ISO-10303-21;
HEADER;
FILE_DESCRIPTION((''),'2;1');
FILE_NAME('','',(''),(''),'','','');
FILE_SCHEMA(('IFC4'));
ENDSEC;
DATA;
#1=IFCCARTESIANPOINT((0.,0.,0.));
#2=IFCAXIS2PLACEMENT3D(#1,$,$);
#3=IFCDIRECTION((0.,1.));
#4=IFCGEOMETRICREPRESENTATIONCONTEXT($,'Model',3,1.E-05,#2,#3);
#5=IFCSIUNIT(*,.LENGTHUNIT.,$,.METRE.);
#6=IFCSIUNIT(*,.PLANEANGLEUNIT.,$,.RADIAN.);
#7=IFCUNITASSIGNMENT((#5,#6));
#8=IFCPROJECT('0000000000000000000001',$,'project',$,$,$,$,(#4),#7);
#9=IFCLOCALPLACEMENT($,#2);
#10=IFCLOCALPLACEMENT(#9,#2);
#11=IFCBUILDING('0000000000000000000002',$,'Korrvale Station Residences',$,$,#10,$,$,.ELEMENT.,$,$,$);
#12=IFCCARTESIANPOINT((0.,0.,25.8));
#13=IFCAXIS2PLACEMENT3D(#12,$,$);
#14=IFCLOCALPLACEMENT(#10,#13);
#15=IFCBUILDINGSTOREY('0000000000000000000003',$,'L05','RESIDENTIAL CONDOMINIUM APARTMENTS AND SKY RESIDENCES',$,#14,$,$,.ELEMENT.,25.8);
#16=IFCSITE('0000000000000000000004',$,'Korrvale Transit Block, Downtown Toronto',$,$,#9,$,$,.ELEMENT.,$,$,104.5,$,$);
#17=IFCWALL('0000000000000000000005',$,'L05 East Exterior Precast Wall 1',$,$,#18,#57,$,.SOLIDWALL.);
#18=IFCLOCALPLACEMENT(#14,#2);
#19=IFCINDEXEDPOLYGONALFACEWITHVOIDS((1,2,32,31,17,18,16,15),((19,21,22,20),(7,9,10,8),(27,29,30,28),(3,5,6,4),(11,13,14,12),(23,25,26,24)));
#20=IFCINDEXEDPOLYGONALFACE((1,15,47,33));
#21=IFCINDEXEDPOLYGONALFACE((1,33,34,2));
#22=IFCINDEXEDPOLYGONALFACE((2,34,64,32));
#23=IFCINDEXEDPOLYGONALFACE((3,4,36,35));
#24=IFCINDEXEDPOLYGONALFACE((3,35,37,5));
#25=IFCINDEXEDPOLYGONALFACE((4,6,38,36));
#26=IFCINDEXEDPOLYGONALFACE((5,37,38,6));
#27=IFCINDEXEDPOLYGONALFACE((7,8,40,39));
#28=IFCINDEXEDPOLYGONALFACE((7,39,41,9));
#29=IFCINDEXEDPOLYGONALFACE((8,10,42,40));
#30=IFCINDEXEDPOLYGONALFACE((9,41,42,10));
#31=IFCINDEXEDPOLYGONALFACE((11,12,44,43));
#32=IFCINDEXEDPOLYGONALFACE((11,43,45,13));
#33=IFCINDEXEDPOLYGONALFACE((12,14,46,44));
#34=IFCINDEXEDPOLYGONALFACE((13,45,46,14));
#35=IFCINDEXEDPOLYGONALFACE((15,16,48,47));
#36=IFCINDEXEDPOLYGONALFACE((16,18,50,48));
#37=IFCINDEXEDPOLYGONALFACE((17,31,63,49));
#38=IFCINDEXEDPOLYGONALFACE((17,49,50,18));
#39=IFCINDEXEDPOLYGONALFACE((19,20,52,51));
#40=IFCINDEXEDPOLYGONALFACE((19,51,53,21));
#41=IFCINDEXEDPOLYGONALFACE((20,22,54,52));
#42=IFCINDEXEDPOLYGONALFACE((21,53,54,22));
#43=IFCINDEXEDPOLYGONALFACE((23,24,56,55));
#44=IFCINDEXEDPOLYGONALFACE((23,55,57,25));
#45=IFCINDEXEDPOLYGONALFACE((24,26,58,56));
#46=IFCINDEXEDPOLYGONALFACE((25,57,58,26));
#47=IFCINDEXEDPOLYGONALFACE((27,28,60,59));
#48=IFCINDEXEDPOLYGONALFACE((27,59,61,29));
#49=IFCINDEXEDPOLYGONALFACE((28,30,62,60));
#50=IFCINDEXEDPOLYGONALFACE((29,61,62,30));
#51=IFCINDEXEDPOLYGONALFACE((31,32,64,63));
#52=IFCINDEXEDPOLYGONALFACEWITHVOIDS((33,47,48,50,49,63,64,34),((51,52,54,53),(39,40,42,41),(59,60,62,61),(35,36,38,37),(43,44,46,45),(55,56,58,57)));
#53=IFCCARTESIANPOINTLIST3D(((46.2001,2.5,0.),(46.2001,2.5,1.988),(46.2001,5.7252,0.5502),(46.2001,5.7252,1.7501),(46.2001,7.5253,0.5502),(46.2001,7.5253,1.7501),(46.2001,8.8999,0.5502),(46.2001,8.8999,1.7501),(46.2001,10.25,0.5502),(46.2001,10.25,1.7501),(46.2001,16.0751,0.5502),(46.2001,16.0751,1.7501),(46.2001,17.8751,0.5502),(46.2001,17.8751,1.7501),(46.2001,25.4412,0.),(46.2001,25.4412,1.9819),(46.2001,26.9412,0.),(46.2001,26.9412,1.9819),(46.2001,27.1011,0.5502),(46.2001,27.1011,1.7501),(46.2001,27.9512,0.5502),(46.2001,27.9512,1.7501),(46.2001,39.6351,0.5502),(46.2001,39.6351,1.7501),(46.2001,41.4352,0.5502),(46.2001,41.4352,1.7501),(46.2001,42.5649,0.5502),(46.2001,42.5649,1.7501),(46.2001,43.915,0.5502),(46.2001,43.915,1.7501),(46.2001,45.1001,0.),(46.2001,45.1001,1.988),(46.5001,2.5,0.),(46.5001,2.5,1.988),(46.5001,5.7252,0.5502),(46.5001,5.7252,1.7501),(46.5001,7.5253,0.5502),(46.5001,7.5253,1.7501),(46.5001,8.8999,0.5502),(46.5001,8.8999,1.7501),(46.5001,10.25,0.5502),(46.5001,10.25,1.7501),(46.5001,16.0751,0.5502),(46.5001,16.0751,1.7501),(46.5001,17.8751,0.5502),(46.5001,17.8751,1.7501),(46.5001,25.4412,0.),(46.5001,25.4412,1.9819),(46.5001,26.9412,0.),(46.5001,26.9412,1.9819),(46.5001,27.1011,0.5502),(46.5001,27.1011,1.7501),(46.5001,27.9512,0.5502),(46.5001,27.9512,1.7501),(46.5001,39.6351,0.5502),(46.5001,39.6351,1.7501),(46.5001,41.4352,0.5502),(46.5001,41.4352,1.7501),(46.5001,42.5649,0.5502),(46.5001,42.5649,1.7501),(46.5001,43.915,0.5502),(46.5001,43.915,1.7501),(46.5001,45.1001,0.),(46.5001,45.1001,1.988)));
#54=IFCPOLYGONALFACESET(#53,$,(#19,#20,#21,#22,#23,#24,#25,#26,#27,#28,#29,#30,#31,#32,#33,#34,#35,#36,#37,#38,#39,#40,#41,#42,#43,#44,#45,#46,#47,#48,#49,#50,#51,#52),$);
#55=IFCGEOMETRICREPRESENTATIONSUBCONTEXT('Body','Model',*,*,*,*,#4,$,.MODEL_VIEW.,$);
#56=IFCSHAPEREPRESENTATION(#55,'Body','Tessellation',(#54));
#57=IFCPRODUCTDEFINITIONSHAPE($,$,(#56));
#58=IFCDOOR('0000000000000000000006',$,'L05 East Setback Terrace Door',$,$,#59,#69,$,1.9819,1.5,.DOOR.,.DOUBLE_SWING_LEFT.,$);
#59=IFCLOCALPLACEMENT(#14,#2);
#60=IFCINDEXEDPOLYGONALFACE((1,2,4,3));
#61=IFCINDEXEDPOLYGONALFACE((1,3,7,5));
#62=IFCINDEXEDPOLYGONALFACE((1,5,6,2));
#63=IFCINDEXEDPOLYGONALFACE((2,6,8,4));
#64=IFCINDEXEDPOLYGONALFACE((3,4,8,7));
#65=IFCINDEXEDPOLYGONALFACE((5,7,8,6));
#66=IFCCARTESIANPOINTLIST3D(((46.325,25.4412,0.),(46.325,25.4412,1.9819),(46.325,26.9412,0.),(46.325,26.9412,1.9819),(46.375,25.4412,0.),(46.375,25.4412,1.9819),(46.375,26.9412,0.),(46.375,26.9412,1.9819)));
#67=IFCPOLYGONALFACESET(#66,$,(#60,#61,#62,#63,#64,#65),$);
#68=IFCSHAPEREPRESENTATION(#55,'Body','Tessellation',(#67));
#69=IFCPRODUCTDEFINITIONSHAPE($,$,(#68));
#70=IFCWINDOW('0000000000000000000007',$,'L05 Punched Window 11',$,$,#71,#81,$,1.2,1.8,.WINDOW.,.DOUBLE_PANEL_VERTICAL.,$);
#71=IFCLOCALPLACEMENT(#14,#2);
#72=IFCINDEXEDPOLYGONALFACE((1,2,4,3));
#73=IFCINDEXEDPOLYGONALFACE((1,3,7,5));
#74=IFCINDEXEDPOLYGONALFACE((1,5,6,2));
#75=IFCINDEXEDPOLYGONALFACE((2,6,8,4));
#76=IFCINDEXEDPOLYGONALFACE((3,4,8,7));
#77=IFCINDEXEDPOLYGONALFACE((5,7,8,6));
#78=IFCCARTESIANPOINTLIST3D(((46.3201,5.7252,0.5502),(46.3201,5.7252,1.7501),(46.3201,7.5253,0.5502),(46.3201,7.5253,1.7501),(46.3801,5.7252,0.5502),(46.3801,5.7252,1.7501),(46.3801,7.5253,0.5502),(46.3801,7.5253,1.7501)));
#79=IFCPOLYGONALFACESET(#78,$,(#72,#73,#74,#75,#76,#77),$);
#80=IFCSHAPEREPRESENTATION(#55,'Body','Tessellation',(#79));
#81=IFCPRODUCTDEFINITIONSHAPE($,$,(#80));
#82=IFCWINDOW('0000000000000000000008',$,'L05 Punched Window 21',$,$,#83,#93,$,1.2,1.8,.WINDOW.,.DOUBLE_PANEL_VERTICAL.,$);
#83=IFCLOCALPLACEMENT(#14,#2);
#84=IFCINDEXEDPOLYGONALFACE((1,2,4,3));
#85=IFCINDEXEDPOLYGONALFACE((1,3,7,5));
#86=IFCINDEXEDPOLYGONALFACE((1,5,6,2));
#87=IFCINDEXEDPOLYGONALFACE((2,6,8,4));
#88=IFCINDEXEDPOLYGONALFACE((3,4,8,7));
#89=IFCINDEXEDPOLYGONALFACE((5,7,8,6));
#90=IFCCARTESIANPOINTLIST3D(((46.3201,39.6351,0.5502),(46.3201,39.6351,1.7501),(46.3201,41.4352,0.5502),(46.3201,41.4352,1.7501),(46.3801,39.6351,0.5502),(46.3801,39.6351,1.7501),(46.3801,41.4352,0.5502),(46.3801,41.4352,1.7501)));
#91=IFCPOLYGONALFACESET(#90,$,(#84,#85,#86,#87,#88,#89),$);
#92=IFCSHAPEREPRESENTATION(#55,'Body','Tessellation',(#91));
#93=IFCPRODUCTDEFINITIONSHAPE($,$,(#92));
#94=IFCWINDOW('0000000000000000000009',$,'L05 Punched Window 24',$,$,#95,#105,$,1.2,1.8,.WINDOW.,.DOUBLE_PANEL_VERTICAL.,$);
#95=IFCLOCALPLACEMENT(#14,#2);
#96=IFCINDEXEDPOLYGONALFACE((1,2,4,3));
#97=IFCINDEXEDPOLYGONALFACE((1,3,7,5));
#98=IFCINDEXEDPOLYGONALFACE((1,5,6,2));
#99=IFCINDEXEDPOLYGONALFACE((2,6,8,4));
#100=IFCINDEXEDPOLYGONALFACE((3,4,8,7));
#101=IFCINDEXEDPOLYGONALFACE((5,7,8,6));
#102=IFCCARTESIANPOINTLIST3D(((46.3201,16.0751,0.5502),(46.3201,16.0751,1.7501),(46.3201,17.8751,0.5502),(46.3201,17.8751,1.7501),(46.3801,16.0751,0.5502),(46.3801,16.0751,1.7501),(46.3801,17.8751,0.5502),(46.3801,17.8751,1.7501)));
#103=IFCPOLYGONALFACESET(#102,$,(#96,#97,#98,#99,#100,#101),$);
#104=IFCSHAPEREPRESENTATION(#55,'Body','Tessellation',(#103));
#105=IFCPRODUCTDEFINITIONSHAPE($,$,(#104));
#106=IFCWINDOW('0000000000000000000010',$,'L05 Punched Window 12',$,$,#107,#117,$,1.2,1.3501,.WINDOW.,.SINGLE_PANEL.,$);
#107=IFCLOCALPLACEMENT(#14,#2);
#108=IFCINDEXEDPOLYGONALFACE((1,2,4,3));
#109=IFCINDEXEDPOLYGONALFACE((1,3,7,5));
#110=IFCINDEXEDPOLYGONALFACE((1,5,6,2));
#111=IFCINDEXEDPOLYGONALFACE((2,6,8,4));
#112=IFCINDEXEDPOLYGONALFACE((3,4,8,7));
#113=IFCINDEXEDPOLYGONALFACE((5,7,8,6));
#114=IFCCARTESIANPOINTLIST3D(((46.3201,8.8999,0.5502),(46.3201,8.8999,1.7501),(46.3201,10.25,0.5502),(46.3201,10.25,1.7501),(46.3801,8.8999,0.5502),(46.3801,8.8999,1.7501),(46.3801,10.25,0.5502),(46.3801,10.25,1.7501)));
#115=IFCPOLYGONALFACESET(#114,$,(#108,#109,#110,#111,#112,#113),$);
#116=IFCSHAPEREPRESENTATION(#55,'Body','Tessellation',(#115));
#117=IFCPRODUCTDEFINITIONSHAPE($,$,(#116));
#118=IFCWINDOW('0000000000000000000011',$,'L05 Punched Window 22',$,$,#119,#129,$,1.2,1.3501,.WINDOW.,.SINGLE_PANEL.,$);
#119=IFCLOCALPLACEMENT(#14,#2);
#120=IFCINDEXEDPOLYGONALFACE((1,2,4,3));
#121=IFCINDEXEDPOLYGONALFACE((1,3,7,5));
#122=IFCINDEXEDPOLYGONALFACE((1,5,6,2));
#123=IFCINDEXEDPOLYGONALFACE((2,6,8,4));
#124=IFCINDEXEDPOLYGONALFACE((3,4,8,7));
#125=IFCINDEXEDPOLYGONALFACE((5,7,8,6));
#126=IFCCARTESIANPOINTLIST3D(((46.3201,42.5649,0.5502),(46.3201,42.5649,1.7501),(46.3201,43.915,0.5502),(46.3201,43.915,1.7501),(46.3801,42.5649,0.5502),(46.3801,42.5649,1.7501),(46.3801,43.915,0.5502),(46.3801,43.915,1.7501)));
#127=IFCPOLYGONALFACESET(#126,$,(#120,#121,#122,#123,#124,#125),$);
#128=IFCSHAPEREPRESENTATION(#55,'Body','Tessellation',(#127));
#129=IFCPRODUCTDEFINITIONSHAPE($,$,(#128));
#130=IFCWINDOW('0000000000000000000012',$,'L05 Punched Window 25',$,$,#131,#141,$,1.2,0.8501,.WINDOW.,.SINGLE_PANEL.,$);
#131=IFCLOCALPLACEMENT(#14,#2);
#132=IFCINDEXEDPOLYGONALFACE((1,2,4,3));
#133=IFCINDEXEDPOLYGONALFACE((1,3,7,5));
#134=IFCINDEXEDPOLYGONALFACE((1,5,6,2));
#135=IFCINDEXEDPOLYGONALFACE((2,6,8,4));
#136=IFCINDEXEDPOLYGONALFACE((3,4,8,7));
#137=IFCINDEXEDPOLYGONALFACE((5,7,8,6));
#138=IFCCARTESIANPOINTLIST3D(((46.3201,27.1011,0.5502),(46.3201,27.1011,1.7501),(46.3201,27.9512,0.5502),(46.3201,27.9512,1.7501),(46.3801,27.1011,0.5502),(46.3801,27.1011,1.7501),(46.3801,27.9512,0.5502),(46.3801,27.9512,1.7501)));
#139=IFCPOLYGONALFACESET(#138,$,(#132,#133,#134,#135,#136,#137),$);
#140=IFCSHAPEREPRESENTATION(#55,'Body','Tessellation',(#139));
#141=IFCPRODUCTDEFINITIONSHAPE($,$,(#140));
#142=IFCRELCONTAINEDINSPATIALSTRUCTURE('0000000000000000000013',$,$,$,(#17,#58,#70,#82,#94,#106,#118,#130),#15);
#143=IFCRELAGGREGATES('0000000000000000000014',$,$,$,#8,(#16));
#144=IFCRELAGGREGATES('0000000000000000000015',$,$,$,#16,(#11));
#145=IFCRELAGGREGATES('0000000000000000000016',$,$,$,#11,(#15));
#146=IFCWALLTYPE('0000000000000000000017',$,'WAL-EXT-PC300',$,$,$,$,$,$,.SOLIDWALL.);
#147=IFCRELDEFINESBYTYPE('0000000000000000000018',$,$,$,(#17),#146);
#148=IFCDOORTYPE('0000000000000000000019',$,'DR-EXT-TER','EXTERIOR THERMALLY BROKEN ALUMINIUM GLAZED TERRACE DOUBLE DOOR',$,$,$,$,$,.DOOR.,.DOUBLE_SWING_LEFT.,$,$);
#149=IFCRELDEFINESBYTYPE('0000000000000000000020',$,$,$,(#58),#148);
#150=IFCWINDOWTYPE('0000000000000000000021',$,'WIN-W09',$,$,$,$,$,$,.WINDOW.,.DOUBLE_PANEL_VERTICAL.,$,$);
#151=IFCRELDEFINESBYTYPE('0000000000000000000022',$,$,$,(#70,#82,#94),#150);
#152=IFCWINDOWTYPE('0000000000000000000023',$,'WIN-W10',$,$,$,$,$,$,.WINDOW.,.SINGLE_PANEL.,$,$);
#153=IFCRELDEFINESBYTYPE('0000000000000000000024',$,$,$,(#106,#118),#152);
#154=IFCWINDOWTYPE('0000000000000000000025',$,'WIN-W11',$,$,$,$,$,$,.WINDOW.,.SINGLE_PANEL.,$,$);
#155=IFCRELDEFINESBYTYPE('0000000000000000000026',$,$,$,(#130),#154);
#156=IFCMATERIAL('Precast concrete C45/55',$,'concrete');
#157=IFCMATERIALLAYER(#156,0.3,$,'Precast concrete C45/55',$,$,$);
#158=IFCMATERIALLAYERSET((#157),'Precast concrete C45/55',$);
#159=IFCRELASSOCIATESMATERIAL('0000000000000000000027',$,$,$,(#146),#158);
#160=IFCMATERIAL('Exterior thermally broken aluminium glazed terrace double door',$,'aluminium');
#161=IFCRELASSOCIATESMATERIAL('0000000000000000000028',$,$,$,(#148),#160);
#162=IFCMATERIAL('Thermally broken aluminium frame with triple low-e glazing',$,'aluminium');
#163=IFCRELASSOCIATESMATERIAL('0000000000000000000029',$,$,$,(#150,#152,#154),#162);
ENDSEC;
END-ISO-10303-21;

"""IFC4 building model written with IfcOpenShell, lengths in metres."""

from ifc_helpers import new_model, si_unit, direction, frame, frame_2d, origin, place, context, subcontext, project, spatial, rectangle, extrude, material, layer, layer_set, type_object, element, fill, save


model = new_model("IFC4")

# Units and contexts
model_context = context("Model", 3, precision=1e-05, world=origin(), true_north=direction((0.0, 1.0)))
body_context = subcontext(model_context, "Body", "Model", "MODEL_VIEW")
ifc_project = project(units=[si_unit("LENGTHUNIT", "METRE"), si_unit("PLANEANGLEUNIT", "RADIAN")], contexts=[model_context])

# Site, building, storey
site_placement = place(None, origin())
site = spatial("IfcSite", under=ifc_project, at=site_placement, Name="Korrvale Transit Block, Downtown Toronto", CompositionType="ELEMENT", RefElevation=104.5)
building_placement = place(site_placement, origin())
building = spatial("IfcBuilding", under=site, at=building_placement, Name="Korrvale Station Residences", CompositionType="ELEMENT")
storey_placement = place(building_placement, frame((0.0, 0.0, 25.8)))
storey = spatial("IfcBuildingStorey", under=building, at=storey_placement, Name="L05", Description="RESIDENTIAL CONDOMINIUM APARTMENTS AND SKY RESIDENCES", CompositionType="ELEMENT", Elevation=25.8)

# Shared definitions
ifc_material_1 = material(Name="Precast concrete C45/55", Category="concrete")

# Shared definitions
ifc_layer_1 = layer(ifc_material_1, 0.3, Name="Precast concrete C45/55")
ifc_layer_set_1 = layer_set([ifc_layer_1], Name="Precast concrete C45/55")
wall_type_1 = type_object("IfcWallType", Name="WAL-EXT-PC300", PredefinedType="SOLIDWALL", material=ifc_layer_set_1)

# Wall, openings, door, windows
wall_1_placement = place(storey_placement, frame((46.3501, 45.1001, 0.0), z_axis=(0.0, 0.0, 1.0), x_axis=(0.0, -1.0, 0.0)))
wall_1 = element("IfcWall", 1, at=wall_1_placement, inside=storey, type_object=wall_type_1, Name="L05 East Exterior Precast Wall 1", PredefinedType="SOLIDWALL", context=body_context, shape_type="SweptSolid", body=[
    extrude(rectangle(XDim=42.6001, YDim=0.3, at=frame_2d((21.3, 0.0))), origin(), (0.0, 0.0, 1.0), 1.988),
])
opening_1_placement = place(wall_1_placement, frame((18.1589, 0.0, 0.0)))
opening_1 = element("IfcOpeningElement", 2, at=opening_1_placement, cuts=wall_1, PredefinedType="OPENING", context=body_context, shape_type="SweptSolid", body=[
    extrude(rectangle(XDim=1.5, YDim=1.9819, at=frame_2d((0.75, 0.991))), frame((0.0, 0.1602, 0.0), z_axis=(0.0, -1.0, 0.0), x_axis=(1.0, 0.0, 0.0)), (0.0, 0.0, 1.0), 0.3201),
])
opening_2_placement = place(wall_1_placement, frame((37.575, 0.0, 0.55)))
opening_2 = element("IfcOpeningElement", 3, at=opening_2_placement, cuts=wall_1, PredefinedType="OPENING", context=body_context, shape_type="SweptSolid", body=[
    extrude(rectangle(XDim=1.8, YDim=1.2, at=frame_2d((0.8999, 0.6001))), frame((0.0, 0.1602, 0.0), z_axis=(0.0, -1.0, 0.0), x_axis=(1.0, 0.0, 0.0)), (0.0, 0.0, 1.0), 0.3201),
])
opening_3_placement = place(wall_1_placement, frame((34.8501, 0.0, 0.55)))
opening_3 = element("IfcOpeningElement", 4, at=opening_3_placement, cuts=wall_1, PredefinedType="OPENING", context=body_context, shape_type="SweptSolid", body=[
    extrude(rectangle(XDim=1.3501, YDim=1.2, at=frame_2d((0.675, 0.6001))), frame((0.0, 0.1602, 0.0), z_axis=(0.0, -1.0, 0.0), x_axis=(1.0, 0.0, 0.0)), (0.0, 0.0, 1.0), 0.3201),
])
opening_4_placement = place(wall_1_placement, frame((3.665, 0.0, 0.55)))
opening_4 = element("IfcOpeningElement", 5, at=opening_4_placement, cuts=wall_1, PredefinedType="OPENING", context=body_context, shape_type="SweptSolid", body=[
    extrude(rectangle(XDim=1.8, YDim=1.2, at=frame_2d((0.8999, 0.6001))), frame((0.0, 0.1602, 0.0), z_axis=(0.0, -1.0, 0.0), x_axis=(1.0, 0.0, 0.0)), (0.0, 0.0, 1.0), 0.3201),
])
opening_5_placement = place(wall_1_placement, frame((1.1851, 0.0, 0.55)))
opening_5 = element("IfcOpeningElement", 6, at=opening_5_placement, cuts=wall_1, PredefinedType="OPENING", context=body_context, shape_type="SweptSolid", body=[
    extrude(rectangle(XDim=1.3501, YDim=1.2, at=frame_2d((0.675, 0.6001))), frame((0.0, 0.1602, 0.0), z_axis=(0.0, -1.0, 0.0), x_axis=(1.0, 0.0, 0.0)), (0.0, 0.0, 1.0), 0.3201),
])
opening_6_placement = place(wall_1_placement, frame((27.2251, 0.0, 0.55)))
opening_6 = element("IfcOpeningElement", 7, at=opening_6_placement, cuts=wall_1, PredefinedType="OPENING", context=body_context, shape_type="SweptSolid", body=[
    extrude(rectangle(XDim=1.8, YDim=1.2, at=frame_2d((0.8999, 0.6001))), frame((0.0, 0.1602, 0.0), z_axis=(0.0, -1.0, 0.0), x_axis=(1.0, 0.0, 0.0)), (0.0, 0.0, 1.0), 0.3201),
])
opening_7_placement = place(wall_1_placement, frame((17.1489, 0.0, 0.55)))
opening_7 = element("IfcOpeningElement", 8, at=opening_7_placement, cuts=wall_1, PredefinedType="OPENING", context=body_context, shape_type="SweptSolid", body=[
    extrude(rectangle(XDim=0.8501, YDim=1.2, at=frame_2d((0.425, 0.6001))), frame((0.0, 0.1602, 0.0), z_axis=(0.0, -1.0, 0.0), x_axis=(1.0, 0.0, 0.0)), (0.0, 0.0, 1.0), 0.3201),
])
ifc_material_2 = material(Name="Exterior thermally broken aluminium glazed terrace double door", Category="aluminium")
door_type_1 = type_object("IfcDoorType", Name="DR-EXT-TER", Description="EXTERIOR THERMALLY BROKEN ALUMINIUM GLAZED TERRACE DOUBLE DOOR", OperationType="DOUBLE_SWING_LEFT", PredefinedType="DOOR", material=ifc_material_2)
door_1_placement = place(opening_1_placement, origin())
door_1 = element("IfcDoor", 9, at=door_1_placement, inside=storey, type_object=door_type_1, Name="L05 East Setback Terrace Door", OperationType="DOUBLE_SWING_LEFT", OverallHeight=1.9819, OverallWidth=1.5, PredefinedType="DOOR", context=body_context, shape_type="SweptSolid", body=[
    extrude(rectangle(XDim=1.5, YDim=1.9819, at=frame_2d((0.75, 0.991))), frame((0.0, 0.0249, 0.0), z_axis=(0.0, -1.0, 0.0), x_axis=(1.0, 0.0, 0.0)), (0.0, 0.0, 1.0), 0.05),
])
fill(opening_1, door_1)
ifc_material_3 = material(Name="Thermally broken aluminium frame with triple low-e glazing", Category="aluminium")
window_type_1 = type_object("IfcWindowType", Name="WIN-W09", PartitioningType="DOUBLE_PANEL_VERTICAL", PredefinedType="WINDOW", material=ifc_material_3)
window_1_placement = place(opening_2_placement, origin())
window_1 = element("IfcWindow", 10, at=window_1_placement, inside=storey, type_object=window_type_1, Name="L05 Punched Window 11", OverallHeight=1.2, OverallWidth=1.8, PartitioningType="DOUBLE_PANEL_VERTICAL", PredefinedType="WINDOW", context=body_context, shape_type="SweptSolid", body=[
    extrude(rectangle(XDim=1.8, YDim=1.2, at=frame_2d((0.8999, 0.6001))), frame((0.0, 0.03, 0.0), z_axis=(0.0, -1.0, 0.0), x_axis=(1.0, 0.0, 0.0)), (0.0, 0.0, 1.0), 0.0601),
])
fill(opening_2, window_1)
window_2_placement = place(opening_4_placement, origin())
window_2 = element("IfcWindow", 11, at=window_2_placement, inside=storey, type_object=window_type_1, Name="L05 Punched Window 21", OverallHeight=1.2, OverallWidth=1.8, PartitioningType="DOUBLE_PANEL_VERTICAL", PredefinedType="WINDOW", context=body_context, shape_type="SweptSolid", body=[
    extrude(rectangle(XDim=1.8, YDim=1.2, at=frame_2d((0.8999, 0.6001))), frame((0.0, 0.03, 0.0), z_axis=(0.0, -1.0, 0.0), x_axis=(1.0, 0.0, 0.0)), (0.0, 0.0, 1.0), 0.0601),
])
fill(opening_4, window_2)
window_3_placement = place(opening_6_placement, origin())
window_3 = element("IfcWindow", 12, at=window_3_placement, inside=storey, type_object=window_type_1, Name="L05 Punched Window 24", OverallHeight=1.2, OverallWidth=1.8, PartitioningType="DOUBLE_PANEL_VERTICAL", PredefinedType="WINDOW", context=body_context, shape_type="SweptSolid", body=[
    extrude(rectangle(XDim=1.8, YDim=1.2, at=frame_2d((0.8999, 0.6001))), frame((0.0, 0.03, 0.0), z_axis=(0.0, -1.0, 0.0), x_axis=(1.0, 0.0, 0.0)), (0.0, 0.0, 1.0), 0.0601),
])
fill(opening_6, window_3)
window_type_2 = type_object("IfcWindowType", Name="WIN-W10", PartitioningType="SINGLE_PANEL", PredefinedType="WINDOW", material=ifc_material_3)
window_4_placement = place(opening_3_placement, origin())
window_4 = element("IfcWindow", 13, at=window_4_placement, inside=storey, type_object=window_type_2, Name="L05 Punched Window 12", OverallHeight=1.2, OverallWidth=1.3501, PartitioningType="SINGLE_PANEL", PredefinedType="WINDOW", context=body_context, shape_type="SweptSolid", body=[
    extrude(rectangle(XDim=1.3501, YDim=1.2, at=frame_2d((0.675, 0.6001))), frame((0.0, 0.03, 0.0), z_axis=(0.0, -1.0, 0.0), x_axis=(1.0, 0.0, 0.0)), (0.0, 0.0, 1.0), 0.0601),
])
fill(opening_3, window_4)
window_5_placement = place(opening_5_placement, origin())
window_5 = element("IfcWindow", 14, at=window_5_placement, inside=storey, type_object=window_type_2, Name="L05 Punched Window 22", OverallHeight=1.2, OverallWidth=1.3501, PartitioningType="SINGLE_PANEL", PredefinedType="WINDOW", context=body_context, shape_type="SweptSolid", body=[
    extrude(rectangle(XDim=1.3501, YDim=1.2, at=frame_2d((0.675, 0.6001))), frame((0.0, 0.03, 0.0), z_axis=(0.0, -1.0, 0.0), x_axis=(1.0, 0.0, 0.0)), (0.0, 0.0, 1.0), 0.0601),
])
fill(opening_5, window_5)
window_type_3 = type_object("IfcWindowType", Name="WIN-W11", PartitioningType="SINGLE_PANEL", PredefinedType="WINDOW", material=ifc_material_3)
window_6_placement = place(opening_7_placement, origin())
window_6 = element("IfcWindow", 15, at=window_6_placement, inside=storey, type_object=window_type_3, Name="L05 Punched Window 25", OverallHeight=1.2, OverallWidth=0.8501, PartitioningType="SINGLE_PANEL", PredefinedType="WINDOW", context=body_context, shape_type="SweptSolid", body=[
    extrude(rectangle(XDim=0.8501, YDim=1.2, at=frame_2d((0.425, 0.6001))), frame((0.0, 0.03, 0.0), z_axis=(0.0, -1.0, 0.0), x_axis=(1.0, 0.0, 0.0)), (0.0, 0.0, 1.0), 0.0601),
])
fill(opening_7, window_6)

save(model, "model.ifc")
